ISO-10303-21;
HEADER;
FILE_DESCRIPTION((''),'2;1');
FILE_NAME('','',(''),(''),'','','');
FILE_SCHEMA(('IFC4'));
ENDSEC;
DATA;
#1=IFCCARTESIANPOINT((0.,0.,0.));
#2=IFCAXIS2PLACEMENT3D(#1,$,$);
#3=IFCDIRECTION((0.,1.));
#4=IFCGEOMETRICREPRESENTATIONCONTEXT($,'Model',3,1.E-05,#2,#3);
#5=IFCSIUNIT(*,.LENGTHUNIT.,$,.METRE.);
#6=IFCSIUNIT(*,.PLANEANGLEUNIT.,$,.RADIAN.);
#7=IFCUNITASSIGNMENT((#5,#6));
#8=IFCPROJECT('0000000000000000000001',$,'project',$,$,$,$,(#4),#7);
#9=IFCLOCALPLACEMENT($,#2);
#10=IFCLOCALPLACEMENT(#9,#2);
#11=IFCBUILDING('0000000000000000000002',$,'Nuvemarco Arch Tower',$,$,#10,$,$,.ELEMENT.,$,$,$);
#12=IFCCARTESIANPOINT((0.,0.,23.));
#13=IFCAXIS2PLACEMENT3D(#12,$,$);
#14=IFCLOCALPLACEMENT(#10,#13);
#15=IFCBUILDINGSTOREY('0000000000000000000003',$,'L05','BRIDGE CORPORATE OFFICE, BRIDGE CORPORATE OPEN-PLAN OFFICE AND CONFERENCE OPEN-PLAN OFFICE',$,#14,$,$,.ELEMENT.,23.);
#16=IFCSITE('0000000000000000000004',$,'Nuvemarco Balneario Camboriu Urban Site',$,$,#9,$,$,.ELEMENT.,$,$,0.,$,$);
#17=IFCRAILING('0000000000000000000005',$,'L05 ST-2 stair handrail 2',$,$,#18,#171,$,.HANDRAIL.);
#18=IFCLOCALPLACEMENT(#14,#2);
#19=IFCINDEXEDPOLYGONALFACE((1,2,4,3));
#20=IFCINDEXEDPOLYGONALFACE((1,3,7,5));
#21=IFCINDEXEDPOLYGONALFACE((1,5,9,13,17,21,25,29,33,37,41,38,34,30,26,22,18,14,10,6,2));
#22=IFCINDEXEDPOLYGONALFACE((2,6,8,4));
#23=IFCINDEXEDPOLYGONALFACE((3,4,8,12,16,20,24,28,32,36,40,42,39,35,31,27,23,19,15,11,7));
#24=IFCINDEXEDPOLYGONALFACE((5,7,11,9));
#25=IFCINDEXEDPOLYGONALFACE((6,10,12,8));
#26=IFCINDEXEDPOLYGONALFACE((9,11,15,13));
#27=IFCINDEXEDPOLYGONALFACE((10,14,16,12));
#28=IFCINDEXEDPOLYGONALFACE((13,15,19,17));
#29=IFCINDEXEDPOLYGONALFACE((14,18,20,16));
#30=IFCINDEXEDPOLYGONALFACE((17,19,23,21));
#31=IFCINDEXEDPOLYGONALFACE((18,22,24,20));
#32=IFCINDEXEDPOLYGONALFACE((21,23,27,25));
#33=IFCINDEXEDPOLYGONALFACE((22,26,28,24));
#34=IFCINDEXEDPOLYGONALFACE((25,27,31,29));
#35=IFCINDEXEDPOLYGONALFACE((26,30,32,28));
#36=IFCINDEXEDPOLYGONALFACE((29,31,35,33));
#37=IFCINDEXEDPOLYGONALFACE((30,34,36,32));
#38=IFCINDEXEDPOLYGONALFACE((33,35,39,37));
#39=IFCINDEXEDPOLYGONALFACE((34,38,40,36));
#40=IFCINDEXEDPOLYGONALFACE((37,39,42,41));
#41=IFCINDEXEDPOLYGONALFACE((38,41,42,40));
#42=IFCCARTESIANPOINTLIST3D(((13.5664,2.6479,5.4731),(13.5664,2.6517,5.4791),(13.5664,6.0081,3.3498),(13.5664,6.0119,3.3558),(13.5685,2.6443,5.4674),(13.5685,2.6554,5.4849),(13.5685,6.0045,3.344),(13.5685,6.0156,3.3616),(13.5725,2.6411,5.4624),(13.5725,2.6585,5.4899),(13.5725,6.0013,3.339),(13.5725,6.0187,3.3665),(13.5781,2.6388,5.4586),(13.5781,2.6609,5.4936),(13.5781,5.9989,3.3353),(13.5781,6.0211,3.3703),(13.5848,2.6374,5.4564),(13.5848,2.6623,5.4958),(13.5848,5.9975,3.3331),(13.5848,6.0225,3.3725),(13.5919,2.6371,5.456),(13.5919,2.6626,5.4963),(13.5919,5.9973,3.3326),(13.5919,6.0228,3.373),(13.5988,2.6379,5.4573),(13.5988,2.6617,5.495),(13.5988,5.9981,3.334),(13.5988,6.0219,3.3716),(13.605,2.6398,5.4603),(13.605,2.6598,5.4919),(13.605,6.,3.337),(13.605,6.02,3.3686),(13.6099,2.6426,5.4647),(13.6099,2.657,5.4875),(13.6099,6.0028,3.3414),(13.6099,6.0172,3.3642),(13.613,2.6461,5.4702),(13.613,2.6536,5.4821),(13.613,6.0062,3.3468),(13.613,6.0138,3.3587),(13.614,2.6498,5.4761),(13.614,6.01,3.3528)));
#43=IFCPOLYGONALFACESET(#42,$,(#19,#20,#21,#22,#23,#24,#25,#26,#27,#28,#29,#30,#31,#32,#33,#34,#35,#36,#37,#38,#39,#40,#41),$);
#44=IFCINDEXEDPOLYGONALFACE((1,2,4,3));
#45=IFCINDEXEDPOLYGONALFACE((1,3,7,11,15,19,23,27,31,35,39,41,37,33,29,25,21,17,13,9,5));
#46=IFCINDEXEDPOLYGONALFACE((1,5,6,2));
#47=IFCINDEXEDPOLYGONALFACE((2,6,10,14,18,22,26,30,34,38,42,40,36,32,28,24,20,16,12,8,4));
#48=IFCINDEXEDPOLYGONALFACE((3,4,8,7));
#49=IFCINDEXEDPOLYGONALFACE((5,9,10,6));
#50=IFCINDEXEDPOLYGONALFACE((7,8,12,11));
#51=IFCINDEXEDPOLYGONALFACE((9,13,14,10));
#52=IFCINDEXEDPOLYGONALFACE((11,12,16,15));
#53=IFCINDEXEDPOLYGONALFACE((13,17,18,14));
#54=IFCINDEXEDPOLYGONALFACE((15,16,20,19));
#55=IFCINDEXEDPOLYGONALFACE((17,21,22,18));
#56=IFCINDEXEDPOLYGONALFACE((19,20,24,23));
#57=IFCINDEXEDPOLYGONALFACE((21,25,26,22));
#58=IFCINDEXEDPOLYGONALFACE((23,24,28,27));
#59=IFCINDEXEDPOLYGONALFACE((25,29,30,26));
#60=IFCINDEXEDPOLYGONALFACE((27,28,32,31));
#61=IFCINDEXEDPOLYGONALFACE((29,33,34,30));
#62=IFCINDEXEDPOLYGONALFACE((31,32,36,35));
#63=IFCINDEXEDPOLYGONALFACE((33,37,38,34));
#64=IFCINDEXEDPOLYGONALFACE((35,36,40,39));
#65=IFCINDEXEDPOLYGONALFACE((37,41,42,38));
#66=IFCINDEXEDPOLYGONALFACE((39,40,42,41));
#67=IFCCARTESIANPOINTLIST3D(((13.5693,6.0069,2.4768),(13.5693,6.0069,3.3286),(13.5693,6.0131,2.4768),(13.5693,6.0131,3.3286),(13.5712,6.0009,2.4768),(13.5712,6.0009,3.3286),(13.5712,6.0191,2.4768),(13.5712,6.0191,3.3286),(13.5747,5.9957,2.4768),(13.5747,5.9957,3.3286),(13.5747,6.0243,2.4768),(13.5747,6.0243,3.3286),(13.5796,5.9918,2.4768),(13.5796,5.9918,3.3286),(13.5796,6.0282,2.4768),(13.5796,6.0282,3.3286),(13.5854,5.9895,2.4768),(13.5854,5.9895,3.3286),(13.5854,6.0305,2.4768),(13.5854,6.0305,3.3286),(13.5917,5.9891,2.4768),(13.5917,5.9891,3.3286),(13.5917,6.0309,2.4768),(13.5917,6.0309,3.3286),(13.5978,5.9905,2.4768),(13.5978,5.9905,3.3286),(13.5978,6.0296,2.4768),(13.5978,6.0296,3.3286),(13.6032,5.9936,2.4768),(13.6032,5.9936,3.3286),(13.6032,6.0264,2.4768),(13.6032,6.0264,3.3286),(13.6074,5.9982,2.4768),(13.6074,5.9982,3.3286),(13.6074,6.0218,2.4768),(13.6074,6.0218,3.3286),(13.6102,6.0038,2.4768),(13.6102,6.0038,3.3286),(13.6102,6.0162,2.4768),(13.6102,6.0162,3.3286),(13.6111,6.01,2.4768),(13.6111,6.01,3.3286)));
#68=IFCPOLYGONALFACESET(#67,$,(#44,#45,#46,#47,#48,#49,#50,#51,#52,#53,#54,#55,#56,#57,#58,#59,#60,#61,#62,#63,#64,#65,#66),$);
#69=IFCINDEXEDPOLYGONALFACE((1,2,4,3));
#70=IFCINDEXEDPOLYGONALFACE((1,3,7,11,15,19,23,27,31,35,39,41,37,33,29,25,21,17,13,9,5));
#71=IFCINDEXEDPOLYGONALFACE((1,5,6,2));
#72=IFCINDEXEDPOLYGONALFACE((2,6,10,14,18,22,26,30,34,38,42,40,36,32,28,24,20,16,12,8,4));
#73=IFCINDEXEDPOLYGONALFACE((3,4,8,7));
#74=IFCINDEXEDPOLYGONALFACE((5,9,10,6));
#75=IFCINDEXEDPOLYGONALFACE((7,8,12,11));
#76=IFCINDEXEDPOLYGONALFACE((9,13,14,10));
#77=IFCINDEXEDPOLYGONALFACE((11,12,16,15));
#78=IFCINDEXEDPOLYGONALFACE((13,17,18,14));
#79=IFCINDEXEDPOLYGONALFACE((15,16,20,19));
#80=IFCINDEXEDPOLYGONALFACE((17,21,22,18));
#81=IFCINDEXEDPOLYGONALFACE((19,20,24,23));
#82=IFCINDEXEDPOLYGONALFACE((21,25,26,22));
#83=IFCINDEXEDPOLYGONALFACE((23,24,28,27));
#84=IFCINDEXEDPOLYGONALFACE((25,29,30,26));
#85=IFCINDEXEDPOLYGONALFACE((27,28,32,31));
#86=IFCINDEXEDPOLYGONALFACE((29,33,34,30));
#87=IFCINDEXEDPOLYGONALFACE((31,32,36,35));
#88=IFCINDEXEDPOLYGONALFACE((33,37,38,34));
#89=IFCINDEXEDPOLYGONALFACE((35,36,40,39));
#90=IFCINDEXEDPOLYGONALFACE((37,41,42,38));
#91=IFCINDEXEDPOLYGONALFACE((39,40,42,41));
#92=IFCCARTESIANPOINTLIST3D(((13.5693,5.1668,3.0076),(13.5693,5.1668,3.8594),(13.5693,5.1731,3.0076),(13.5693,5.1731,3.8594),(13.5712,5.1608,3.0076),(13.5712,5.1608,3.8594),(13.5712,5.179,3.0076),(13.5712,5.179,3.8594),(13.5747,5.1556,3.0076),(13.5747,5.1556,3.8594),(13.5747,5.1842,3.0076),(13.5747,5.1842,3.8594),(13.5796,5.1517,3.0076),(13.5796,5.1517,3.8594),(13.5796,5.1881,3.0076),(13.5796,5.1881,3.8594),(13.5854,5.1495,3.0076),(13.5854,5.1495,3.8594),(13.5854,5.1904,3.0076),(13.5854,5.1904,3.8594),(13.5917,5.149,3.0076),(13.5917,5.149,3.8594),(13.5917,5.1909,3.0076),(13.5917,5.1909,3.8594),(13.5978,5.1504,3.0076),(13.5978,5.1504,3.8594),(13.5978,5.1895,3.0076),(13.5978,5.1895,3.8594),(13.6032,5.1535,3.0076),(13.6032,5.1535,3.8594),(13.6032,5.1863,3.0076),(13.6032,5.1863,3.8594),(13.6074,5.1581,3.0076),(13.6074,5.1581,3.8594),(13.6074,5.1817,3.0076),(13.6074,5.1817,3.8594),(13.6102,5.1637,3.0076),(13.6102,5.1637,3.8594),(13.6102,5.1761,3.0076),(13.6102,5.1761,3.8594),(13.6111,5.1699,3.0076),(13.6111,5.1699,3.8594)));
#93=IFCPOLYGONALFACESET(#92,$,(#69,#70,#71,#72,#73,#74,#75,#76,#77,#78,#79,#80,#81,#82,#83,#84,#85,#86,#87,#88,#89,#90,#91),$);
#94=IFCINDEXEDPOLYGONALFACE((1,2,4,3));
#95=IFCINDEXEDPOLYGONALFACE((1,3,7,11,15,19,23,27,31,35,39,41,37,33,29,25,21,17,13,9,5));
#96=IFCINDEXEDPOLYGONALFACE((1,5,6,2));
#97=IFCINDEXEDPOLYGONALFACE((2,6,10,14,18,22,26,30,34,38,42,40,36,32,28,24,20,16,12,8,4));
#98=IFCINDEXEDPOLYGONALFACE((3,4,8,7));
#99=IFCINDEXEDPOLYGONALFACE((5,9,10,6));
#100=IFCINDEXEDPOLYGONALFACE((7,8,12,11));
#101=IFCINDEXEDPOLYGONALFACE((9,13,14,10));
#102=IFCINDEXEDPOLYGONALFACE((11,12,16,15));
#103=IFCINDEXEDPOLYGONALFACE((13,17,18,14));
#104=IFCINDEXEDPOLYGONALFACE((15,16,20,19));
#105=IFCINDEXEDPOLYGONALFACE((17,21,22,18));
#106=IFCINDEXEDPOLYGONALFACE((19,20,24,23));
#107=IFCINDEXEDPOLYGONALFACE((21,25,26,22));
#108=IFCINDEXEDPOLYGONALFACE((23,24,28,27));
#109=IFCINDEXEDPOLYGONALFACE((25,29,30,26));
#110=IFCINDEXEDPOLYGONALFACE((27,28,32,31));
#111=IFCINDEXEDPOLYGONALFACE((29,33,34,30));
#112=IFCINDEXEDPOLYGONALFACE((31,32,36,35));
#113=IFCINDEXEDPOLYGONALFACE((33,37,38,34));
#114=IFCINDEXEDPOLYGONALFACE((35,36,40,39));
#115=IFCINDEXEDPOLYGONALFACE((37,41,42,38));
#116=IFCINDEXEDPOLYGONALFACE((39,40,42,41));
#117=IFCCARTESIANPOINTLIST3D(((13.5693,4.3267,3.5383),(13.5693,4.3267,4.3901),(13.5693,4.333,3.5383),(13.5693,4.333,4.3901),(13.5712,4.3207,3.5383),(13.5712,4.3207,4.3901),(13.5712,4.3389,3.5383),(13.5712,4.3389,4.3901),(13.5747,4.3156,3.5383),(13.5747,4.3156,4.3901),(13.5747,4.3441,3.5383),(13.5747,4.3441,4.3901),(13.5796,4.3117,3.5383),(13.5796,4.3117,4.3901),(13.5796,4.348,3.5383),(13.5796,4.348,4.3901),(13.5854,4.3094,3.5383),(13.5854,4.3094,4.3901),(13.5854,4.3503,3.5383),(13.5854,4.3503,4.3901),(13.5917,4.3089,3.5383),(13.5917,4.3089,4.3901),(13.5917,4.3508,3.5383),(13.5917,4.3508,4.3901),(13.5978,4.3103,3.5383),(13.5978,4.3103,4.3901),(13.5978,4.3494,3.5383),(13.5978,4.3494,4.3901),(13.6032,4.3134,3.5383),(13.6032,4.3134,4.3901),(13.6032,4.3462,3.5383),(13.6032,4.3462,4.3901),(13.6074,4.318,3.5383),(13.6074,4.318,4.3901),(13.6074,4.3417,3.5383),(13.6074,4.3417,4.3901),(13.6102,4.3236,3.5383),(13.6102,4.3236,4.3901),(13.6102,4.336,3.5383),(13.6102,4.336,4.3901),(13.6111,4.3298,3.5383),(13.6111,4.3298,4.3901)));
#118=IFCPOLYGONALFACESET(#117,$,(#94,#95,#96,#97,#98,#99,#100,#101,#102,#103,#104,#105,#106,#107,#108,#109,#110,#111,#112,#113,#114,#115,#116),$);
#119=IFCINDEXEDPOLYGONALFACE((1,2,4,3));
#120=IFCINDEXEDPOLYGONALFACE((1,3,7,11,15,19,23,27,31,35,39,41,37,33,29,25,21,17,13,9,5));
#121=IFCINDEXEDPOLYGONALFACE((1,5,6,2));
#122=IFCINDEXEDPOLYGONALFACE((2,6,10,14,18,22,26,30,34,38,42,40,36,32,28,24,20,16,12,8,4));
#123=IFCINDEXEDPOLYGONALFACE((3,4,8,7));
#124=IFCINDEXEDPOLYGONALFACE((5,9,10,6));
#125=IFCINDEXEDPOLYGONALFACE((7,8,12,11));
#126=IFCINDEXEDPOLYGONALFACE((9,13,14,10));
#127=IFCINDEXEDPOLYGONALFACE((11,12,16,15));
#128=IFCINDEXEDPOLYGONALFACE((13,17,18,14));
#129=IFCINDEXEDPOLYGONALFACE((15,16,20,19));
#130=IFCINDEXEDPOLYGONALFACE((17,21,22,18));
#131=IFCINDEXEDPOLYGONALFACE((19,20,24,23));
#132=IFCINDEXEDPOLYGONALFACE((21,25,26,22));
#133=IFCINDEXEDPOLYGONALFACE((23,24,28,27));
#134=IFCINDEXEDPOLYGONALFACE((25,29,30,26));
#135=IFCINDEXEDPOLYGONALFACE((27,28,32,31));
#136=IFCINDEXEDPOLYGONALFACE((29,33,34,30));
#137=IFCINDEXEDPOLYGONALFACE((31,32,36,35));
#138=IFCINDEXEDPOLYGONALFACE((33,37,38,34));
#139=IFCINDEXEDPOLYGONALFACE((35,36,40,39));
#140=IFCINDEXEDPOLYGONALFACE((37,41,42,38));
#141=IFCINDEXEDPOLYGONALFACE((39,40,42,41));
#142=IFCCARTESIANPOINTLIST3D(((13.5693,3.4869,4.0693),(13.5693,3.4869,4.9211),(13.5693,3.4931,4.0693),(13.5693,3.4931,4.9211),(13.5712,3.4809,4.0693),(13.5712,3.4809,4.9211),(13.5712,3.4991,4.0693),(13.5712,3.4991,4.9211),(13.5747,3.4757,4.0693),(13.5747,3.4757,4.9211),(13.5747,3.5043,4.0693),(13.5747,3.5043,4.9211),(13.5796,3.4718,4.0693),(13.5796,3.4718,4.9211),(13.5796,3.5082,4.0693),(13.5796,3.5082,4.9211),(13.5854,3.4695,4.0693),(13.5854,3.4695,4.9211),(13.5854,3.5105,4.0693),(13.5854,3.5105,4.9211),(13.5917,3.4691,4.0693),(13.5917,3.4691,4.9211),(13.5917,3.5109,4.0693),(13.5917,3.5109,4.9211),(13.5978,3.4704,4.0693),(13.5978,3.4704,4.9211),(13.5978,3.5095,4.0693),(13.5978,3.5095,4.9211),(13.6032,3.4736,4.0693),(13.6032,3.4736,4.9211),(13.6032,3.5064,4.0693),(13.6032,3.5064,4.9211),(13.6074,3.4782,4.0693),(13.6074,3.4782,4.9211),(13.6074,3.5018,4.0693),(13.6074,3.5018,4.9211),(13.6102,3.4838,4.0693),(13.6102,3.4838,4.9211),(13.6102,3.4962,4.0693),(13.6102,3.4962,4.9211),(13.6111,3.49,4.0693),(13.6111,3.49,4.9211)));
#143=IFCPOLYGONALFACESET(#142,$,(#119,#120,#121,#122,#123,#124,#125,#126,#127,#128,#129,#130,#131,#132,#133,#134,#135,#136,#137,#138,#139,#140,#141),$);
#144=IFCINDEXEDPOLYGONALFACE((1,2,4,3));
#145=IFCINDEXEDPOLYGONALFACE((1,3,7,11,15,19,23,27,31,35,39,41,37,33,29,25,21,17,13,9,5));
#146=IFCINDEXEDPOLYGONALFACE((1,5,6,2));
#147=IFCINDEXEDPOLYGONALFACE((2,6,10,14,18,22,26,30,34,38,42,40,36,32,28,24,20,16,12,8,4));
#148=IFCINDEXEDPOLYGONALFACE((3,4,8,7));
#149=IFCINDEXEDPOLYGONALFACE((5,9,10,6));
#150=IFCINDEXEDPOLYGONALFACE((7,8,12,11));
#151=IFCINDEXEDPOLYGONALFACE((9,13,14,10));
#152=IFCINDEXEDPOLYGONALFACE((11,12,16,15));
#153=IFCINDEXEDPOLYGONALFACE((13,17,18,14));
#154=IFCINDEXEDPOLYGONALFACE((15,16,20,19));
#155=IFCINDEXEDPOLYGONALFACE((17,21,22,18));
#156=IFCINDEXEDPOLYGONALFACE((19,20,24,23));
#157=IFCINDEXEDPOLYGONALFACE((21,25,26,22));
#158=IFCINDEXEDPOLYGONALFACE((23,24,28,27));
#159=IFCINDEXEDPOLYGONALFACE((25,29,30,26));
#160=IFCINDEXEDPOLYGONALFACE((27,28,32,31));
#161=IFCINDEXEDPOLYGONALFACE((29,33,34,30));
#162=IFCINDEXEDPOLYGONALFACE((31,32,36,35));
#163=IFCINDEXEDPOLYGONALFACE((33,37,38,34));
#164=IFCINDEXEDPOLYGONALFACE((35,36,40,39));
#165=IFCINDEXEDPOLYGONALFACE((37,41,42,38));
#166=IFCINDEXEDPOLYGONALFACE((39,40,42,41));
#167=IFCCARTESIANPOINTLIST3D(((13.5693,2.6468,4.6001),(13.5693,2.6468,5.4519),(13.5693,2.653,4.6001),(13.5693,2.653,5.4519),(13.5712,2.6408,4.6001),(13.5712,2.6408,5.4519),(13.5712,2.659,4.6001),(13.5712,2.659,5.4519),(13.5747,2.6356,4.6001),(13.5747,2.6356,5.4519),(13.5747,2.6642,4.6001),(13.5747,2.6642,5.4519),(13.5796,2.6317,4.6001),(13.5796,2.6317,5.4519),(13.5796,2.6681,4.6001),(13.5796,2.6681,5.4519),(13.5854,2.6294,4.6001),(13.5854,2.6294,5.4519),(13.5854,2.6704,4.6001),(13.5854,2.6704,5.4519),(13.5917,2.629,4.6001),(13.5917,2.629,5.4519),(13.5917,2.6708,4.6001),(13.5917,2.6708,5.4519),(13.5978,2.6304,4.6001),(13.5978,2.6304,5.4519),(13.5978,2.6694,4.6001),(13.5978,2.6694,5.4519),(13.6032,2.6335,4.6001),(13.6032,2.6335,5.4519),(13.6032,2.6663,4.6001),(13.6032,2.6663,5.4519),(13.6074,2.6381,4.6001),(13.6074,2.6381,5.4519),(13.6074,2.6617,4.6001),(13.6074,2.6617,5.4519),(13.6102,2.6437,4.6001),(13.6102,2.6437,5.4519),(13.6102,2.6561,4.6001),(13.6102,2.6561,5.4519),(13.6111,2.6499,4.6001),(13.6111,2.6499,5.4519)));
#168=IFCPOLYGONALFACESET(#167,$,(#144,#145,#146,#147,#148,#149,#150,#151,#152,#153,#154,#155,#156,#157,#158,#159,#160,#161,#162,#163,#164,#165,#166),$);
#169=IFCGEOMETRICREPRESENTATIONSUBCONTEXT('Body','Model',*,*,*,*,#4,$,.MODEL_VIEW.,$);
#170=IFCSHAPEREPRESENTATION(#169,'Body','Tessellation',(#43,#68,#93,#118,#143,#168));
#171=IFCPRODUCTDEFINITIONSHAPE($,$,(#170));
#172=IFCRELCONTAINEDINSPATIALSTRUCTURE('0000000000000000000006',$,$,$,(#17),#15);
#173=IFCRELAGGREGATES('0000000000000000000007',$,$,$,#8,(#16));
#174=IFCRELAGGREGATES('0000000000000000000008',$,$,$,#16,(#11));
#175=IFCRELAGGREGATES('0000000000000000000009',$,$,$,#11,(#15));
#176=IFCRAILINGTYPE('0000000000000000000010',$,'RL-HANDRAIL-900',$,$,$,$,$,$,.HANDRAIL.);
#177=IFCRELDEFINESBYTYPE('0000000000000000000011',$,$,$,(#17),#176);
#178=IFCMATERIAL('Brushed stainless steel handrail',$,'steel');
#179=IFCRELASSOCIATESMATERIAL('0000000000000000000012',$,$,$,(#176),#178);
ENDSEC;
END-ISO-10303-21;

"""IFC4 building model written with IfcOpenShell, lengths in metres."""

from ifc_helpers import new_model, si_unit, direction, frame, origin, origin_2d, place, context, subcontext, project, spatial, circle, extrude, material, type_object, element, save


model = new_model("IFC4")

# Units and contexts
model_context = context("Model", 3, precision=1e-05, world=origin(), true_north=direction((0.0, 1.0)))
body_context = subcontext(model_context, "Body", "Model", "MODEL_VIEW")
ifc_project = project(units=[si_unit("LENGTHUNIT", "METRE"), si_unit("PLANEANGLEUNIT", "RADIAN")], contexts=[model_context])

# Site, building, storey
site_placement = place(None, origin())
site = spatial("IfcSite", under=ifc_project, at=site_placement, Name="Nuvemarco Balneario Camboriu Urban Site", CompositionType="ELEMENT", RefElevation=0.0)
building_placement = place(site_placement, origin())
building = spatial("IfcBuilding", under=site, at=building_placement, Name="Nuvemarco Arch Tower", CompositionType="ELEMENT")
storey_placement = place(building_placement, frame((0.0, 0.0, 23.0)))
storey = spatial("IfcBuildingStorey", under=building, at=storey_placement, Name="L05", Description="BRIDGE CORPORATE OFFICE, BRIDGE CORPORATE OPEN-PLAN OFFICE AND CONFERENCE OPEN-PLAN OFFICE", CompositionType="ELEMENT", Elevation=23.0)

# Railing
ifc_material_1 = material(Name="Brushed stainless steel handrail", Category="steel")
railing_type_1 = type_object("IfcRailingType", Name="RL-HANDRAIL-900", PredefinedType="HANDRAIL", material=ifc_material_1)
railing_1_placement = place(storey_placement, frame((13.5901, 6.01, 2.4768)))
element("IfcRailing", 1, at=railing_1_placement, inside=storey, type_object=railing_type_1, Name="L05 ST-2 stair handrail 2", PredefinedType="HANDRAIL", context=body_context, shape_type="SweptSolid", body=[
    extrude(circle(Radius=0.0239, at=origin_2d()), frame((0.0, 0.0, 0.876), z_axis=(0.0, -0.845362, 0.534194), x_axis=(1.0, 0.0, 0.0)), (0.0, 0.0, 1.0), 3.9749),
    extrude(circle(Radius=0.021, at=origin_2d()), origin(), (0.0, 0.0, 1.0), 0.8518),
    extrude(circle(Radius=0.021, at=origin_2d()), frame((0.0, -0.8401, 0.5308)), (0.0, 0.0, 1.0), 0.8518),
    extrude(circle(Radius=0.021, at=origin_2d()), frame((0.0, -1.6802, 1.0615)), (0.0, 0.0, 1.0), 0.8518),
    extrude(circle(Radius=0.021, at=origin_2d()), frame((0.0, -2.52, 1.5925)), (0.0, 0.0, 1.0), 0.8518),
    extrude(circle(Radius=0.021, at=origin_2d()), frame((0.0, -3.3601, 2.1233)), (0.0, 0.0, 1.0), 0.8518),
])

save(model, "model.ifc")
